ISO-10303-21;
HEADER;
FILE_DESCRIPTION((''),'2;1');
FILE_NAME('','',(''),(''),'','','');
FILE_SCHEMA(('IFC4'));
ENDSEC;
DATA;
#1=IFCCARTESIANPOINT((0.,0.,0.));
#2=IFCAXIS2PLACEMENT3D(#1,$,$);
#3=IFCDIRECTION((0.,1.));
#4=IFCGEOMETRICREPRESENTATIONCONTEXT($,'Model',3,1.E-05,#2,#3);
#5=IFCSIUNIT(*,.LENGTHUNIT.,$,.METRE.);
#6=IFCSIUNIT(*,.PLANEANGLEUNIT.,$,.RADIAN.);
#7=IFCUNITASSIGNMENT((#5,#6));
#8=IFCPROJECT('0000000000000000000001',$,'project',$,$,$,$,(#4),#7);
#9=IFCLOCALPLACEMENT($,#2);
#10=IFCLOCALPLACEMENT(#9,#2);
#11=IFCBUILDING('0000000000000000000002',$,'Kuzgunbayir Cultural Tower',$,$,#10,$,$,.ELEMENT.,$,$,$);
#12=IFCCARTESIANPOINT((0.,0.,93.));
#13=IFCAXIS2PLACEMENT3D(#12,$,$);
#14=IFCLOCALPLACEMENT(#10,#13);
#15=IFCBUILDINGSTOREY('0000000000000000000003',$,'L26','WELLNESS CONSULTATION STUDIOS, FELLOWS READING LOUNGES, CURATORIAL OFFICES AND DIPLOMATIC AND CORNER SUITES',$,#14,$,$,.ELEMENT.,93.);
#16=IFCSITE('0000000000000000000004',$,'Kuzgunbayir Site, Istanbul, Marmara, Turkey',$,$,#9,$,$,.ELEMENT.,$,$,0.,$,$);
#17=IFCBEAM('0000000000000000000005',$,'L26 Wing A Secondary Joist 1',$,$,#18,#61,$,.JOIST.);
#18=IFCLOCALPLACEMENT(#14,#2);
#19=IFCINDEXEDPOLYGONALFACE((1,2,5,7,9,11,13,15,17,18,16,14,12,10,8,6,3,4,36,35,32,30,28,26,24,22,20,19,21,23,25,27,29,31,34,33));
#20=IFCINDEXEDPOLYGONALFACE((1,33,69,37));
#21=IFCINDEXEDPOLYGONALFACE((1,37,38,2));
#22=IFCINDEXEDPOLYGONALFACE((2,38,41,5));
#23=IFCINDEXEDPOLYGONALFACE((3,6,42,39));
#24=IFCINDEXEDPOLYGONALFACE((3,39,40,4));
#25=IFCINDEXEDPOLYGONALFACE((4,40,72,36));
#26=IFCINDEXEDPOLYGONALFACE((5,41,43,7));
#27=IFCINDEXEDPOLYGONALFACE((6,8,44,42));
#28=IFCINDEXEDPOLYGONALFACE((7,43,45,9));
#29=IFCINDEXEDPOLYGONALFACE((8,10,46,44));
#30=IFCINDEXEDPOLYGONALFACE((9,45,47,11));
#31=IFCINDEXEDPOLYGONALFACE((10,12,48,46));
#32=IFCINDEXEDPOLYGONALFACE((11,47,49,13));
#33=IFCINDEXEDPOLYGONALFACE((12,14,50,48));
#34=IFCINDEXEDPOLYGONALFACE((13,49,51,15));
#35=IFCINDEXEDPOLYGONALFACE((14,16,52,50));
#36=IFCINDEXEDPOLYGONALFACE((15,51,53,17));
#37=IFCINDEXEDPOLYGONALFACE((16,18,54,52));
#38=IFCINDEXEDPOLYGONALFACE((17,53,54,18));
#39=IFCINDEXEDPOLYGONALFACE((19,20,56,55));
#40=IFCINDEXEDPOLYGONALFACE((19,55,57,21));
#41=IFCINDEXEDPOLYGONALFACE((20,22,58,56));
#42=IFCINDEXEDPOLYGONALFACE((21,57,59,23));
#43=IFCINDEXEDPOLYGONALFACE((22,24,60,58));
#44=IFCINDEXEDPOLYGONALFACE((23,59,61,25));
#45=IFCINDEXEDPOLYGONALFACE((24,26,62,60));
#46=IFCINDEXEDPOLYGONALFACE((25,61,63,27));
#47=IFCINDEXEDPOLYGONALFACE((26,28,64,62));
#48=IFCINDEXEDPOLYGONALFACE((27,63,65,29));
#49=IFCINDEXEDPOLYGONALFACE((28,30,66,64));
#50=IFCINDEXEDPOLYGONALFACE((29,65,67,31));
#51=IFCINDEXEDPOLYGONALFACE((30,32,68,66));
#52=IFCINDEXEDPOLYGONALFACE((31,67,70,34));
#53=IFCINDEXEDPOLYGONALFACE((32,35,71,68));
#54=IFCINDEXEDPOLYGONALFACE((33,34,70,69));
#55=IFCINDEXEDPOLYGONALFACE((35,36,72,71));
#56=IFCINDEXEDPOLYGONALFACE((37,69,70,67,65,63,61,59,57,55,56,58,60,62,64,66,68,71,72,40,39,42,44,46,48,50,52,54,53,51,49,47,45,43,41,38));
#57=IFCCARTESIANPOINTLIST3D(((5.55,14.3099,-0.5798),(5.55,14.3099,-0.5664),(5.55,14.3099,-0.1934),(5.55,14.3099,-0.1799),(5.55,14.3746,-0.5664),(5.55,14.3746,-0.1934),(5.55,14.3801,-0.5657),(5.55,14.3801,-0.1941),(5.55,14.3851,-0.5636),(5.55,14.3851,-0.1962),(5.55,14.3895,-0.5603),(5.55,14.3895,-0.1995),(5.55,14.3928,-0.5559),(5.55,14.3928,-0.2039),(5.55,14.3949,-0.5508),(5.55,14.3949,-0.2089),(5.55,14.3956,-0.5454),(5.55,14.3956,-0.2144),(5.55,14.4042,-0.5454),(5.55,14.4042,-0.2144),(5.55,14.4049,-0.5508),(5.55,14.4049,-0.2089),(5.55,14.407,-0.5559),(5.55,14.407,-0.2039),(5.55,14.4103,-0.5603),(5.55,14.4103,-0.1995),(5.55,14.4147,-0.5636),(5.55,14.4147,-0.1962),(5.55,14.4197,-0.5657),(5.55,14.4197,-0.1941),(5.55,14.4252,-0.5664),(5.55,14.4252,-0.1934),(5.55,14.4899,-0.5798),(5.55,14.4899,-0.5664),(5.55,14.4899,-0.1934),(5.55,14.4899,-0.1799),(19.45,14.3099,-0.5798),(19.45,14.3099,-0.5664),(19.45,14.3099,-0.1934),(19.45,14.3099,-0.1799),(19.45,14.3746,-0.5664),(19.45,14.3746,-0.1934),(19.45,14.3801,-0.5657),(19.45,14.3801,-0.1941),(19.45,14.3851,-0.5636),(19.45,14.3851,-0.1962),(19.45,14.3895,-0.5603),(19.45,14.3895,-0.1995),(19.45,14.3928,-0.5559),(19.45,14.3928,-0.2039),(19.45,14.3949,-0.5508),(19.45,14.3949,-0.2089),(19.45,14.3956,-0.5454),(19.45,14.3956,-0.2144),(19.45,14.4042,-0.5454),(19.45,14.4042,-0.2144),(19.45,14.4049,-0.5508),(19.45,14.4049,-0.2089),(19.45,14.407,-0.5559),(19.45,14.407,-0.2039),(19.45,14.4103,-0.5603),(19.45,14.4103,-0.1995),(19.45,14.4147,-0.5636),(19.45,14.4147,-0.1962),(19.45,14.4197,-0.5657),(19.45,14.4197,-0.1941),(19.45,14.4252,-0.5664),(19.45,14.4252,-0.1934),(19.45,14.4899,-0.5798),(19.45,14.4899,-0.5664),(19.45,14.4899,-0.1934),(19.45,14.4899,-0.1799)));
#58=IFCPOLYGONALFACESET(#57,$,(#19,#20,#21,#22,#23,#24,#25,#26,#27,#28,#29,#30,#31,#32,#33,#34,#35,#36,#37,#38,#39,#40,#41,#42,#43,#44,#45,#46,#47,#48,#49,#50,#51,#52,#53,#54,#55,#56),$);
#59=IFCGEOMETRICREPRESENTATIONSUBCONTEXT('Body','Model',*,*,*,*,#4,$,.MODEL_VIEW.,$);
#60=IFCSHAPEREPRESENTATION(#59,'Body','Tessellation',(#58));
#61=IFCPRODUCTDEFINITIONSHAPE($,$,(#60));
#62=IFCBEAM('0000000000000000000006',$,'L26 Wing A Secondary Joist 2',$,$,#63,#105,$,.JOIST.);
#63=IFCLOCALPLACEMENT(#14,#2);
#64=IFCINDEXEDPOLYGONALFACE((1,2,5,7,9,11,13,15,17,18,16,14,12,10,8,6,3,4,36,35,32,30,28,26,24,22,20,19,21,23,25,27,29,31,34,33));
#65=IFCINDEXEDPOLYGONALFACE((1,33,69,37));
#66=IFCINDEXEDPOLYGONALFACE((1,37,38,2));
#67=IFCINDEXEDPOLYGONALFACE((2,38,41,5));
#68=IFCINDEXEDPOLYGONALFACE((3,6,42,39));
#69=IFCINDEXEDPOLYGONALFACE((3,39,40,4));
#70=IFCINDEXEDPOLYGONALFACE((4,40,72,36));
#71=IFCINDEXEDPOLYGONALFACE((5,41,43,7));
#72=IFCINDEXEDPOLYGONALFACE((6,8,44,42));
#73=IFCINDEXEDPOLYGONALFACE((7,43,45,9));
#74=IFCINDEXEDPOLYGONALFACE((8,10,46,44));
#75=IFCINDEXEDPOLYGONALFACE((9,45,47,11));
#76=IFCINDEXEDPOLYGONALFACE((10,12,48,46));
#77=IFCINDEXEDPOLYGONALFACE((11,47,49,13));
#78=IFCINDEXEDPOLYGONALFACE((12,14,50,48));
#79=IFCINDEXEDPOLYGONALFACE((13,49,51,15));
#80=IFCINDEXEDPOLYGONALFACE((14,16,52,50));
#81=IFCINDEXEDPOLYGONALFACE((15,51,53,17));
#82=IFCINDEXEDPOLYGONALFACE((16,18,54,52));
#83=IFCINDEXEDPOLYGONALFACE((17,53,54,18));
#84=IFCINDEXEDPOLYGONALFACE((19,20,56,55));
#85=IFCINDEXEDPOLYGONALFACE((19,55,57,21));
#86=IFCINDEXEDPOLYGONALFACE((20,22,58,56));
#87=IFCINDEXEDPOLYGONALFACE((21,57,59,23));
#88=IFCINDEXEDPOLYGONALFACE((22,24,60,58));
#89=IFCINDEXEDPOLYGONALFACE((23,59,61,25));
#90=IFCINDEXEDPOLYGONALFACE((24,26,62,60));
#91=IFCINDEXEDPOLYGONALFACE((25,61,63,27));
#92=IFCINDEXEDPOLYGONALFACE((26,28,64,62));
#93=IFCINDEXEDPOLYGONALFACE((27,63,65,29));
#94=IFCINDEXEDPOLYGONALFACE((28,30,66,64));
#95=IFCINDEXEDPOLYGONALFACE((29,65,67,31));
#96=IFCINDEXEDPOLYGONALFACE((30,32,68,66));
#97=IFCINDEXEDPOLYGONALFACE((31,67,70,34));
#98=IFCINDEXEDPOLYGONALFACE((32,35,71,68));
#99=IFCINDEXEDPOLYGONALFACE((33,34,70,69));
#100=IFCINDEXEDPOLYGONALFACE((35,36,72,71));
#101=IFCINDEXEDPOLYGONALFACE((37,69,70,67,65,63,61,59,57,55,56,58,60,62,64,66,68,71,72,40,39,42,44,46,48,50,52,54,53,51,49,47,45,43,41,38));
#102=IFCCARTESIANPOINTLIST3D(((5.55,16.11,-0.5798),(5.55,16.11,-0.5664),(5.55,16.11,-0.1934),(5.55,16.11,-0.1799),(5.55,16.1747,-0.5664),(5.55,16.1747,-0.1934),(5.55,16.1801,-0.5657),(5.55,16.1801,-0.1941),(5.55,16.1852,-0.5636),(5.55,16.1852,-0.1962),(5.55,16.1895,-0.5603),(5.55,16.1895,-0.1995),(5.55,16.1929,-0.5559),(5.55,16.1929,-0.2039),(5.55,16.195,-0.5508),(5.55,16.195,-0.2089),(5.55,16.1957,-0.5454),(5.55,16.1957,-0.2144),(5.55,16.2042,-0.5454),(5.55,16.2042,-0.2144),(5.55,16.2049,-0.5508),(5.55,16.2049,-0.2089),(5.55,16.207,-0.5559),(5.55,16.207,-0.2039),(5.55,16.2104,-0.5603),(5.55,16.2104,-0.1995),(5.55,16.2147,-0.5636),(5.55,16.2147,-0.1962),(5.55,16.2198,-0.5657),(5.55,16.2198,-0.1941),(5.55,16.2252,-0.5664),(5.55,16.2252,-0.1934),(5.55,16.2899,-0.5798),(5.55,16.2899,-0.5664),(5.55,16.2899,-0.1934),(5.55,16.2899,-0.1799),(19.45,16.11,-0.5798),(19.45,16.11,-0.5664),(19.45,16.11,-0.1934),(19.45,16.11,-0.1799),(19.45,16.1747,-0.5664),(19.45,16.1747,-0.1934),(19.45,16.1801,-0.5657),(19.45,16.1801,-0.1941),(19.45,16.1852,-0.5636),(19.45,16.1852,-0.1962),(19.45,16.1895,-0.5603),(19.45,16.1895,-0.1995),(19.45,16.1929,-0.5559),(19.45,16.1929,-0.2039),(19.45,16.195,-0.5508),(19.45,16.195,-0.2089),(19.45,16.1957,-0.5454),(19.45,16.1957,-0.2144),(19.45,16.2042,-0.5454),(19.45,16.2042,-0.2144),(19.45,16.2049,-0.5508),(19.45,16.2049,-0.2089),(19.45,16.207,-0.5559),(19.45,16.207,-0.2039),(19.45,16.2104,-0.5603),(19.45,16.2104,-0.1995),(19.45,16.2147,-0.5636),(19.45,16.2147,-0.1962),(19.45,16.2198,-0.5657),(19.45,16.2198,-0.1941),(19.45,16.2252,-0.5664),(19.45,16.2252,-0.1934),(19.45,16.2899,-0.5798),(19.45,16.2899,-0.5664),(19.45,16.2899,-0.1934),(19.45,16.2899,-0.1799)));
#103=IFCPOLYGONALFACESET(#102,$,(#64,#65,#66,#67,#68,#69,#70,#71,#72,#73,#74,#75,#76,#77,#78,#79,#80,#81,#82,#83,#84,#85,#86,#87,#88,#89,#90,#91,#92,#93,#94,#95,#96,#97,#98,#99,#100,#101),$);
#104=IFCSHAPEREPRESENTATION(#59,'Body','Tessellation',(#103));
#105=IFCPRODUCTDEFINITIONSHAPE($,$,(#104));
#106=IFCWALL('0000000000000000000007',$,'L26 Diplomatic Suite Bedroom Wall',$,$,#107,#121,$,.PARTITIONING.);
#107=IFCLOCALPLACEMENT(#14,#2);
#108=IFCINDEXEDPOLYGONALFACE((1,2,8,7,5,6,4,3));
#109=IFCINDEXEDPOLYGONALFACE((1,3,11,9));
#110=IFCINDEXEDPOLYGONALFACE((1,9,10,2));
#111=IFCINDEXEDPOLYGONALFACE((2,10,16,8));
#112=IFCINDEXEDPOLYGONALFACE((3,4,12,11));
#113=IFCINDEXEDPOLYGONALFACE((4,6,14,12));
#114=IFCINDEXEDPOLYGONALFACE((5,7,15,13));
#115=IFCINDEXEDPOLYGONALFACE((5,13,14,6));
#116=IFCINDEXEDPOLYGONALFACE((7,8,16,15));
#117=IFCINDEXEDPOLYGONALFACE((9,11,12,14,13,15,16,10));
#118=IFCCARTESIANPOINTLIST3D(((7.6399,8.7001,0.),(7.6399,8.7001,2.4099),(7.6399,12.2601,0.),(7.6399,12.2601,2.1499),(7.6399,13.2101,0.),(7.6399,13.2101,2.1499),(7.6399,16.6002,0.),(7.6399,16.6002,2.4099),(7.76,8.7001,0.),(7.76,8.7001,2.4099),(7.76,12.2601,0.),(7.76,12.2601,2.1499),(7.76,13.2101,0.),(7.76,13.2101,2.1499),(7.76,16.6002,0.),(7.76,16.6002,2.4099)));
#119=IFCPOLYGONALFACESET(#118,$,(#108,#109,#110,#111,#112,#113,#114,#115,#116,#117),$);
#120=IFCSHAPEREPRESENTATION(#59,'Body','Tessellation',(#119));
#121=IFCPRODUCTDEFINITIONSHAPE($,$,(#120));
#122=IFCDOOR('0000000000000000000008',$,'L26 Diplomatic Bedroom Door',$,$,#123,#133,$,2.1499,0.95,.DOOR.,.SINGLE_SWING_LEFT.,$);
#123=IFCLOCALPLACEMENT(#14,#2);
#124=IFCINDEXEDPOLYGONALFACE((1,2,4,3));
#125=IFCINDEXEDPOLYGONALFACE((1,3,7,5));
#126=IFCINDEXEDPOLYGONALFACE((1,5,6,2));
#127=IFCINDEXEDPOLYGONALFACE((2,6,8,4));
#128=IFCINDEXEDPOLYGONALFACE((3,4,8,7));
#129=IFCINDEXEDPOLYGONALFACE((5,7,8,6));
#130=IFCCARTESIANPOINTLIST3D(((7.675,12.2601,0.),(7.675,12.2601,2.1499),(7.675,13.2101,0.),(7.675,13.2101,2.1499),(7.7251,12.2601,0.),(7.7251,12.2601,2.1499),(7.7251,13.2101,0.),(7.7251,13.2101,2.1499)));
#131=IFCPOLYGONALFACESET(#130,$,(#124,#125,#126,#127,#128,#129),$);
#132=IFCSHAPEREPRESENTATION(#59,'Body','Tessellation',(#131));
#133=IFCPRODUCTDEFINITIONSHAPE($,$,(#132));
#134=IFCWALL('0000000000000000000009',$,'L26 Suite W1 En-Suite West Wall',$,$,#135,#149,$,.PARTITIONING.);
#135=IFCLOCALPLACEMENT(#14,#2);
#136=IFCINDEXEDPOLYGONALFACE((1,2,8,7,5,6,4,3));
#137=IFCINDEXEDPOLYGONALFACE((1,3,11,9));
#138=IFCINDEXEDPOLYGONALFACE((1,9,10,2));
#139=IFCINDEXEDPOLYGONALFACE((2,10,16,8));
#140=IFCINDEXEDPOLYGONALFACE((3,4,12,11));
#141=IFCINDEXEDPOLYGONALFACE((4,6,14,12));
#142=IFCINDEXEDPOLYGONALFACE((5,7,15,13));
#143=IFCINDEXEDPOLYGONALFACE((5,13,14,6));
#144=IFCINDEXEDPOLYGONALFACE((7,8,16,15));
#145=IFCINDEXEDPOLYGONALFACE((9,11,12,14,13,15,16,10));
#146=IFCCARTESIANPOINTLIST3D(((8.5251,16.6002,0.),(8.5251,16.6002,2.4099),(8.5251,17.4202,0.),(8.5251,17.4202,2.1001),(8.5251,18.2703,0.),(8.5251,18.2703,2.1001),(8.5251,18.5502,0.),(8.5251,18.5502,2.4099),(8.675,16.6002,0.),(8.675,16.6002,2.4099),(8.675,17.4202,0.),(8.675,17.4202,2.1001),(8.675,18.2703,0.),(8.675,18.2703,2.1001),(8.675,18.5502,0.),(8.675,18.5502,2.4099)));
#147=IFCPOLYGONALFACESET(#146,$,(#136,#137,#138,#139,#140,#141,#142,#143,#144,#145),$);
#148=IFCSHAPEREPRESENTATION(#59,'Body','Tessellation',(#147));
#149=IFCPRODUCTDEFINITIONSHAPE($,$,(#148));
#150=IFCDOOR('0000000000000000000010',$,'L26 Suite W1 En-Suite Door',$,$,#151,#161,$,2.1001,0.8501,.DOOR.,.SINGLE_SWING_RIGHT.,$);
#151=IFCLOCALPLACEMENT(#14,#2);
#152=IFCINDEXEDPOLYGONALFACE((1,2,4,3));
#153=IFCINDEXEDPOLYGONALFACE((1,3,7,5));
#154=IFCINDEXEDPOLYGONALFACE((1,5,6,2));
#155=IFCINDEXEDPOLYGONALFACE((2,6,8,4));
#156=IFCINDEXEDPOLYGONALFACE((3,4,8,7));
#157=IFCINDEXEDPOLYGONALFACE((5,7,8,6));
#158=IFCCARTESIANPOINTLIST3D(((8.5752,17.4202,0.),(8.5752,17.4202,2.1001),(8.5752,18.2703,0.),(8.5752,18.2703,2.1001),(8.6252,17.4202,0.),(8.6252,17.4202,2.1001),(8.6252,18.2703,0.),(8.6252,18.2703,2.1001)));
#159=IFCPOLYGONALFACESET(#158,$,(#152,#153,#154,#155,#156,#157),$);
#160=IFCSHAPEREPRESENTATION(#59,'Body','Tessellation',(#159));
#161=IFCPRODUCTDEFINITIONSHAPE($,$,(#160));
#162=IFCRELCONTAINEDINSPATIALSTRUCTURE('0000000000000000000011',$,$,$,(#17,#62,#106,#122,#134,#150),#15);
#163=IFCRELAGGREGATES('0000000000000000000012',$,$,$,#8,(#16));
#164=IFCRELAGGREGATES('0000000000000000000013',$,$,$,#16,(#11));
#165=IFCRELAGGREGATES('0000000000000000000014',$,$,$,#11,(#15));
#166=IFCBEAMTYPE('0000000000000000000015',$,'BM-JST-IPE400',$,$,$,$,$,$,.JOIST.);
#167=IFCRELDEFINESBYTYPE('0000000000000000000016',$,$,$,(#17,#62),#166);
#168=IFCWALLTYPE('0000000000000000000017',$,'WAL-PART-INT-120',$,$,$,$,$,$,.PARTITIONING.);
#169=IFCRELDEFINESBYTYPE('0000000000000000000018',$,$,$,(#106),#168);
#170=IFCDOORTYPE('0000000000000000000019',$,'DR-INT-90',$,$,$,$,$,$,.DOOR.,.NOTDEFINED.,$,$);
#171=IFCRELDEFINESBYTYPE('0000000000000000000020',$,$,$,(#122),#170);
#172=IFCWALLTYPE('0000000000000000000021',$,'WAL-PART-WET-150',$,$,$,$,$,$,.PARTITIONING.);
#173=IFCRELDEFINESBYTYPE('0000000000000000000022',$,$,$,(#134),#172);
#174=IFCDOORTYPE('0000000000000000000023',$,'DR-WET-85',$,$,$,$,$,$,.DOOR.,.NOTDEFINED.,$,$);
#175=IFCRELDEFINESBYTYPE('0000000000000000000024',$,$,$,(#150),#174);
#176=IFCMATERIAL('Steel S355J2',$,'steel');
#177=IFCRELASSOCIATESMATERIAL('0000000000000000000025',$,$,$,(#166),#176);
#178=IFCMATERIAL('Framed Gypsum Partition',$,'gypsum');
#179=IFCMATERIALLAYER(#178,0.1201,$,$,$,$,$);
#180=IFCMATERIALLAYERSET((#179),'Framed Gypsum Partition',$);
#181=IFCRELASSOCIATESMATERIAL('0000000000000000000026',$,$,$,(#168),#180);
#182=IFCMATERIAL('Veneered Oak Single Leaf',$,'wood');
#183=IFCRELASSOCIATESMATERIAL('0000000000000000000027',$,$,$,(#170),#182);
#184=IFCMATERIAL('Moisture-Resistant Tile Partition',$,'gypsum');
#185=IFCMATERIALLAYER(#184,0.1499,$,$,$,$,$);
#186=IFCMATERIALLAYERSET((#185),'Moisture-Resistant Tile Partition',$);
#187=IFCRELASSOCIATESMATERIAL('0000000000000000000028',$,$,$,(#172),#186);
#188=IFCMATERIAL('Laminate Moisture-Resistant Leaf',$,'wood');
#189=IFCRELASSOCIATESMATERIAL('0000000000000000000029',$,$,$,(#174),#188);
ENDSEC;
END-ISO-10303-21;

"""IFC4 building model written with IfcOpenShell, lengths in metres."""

from ifc_helpers import new_model, si_unit, direction, frame, frame_2d, origin, origin_2d, place, context, subcontext, project, spatial, rectangle, i_section, extrude, material, layer, layer_set, material_profile, profile_set, type_object, element, fill, save


model = new_model("IFC4")

# Units and contexts
model_context = context("Model", 3, precision=1e-05, world=origin(), true_north=direction((0.0, 1.0)))
body_context = subcontext(model_context, "Body", "Model", "MODEL_VIEW")
ifc_project = project(units=[si_unit("LENGTHUNIT", "METRE"), si_unit("PLANEANGLEUNIT", "RADIAN")], contexts=[model_context])

# Site, building, storey
site_placement = place(None, origin())
site = spatial("IfcSite", under=ifc_project, at=site_placement, Name="Kuzgunbayir Site, Istanbul, Marmara, Turkey", CompositionType="ELEMENT", RefElevation=0.0)
building_placement = place(site_placement, origin())
building = spatial("IfcBuilding", under=site, at=building_placement, Name="Kuzgunbayir Cultural Tower", CompositionType="ELEMENT")
storey_placement = place(building_placement, frame((0.0, 0.0, 93.0)))
storey = spatial("IfcBuildingStorey", under=building, at=storey_placement, Name="L26", Description="WELLNESS CONSULTATION STUDIOS, FELLOWS READING LOUNGES, CURATORIAL OFFICES AND DIPLOMATIC AND CORNER SUITES", CompositionType="ELEMENT", Elevation=93.0)

# Beams
ifc_material_1 = material(Name="Steel S355J2", Category="steel")
ifc_material_profile_1 = material_profile(ifc_material_1, i_section(OverallWidth=0.1799, OverallDepth=0.3999, WebThickness=0.0085, FlangeThickness=0.0134, FilletRadius=0.021, at=origin_2d()), Name="IPE 400")
ifc_profile_set_1 = profile_set([ifc_material_profile_1], Name="Steel S355J2")
beam_type_1 = type_object("IfcBeamType", Name="BM-JST-IPE400", PredefinedType="JOIST", material=ifc_profile_set_1)
for number, where, z_axis, x_axis, name in (
    (1, (5.55, 14.3999, -0.3799), (1.0, 0.0, 0.0), (0.0, 1.0, 0.0), "L26 Wing A Secondary Joist 1"),
    (2, (5.55, 16.2, -0.3799), (1.0, 0.0, 0.0), (0.0, 1.0, 0.0), "L26 Wing A Secondary Joist 2"),
):
    element("IfcBeam", number, at=place(storey_placement, frame(where, z_axis=z_axis, x_axis=x_axis)), inside=storey, type_object=beam_type_1, Name=name, PredefinedType="JOIST", context=body_context, shape_type="SweptSolid", body=[
        extrude(i_section(OverallWidth=0.1799, OverallDepth=0.3999, WebThickness=0.0085, FlangeThickness=0.0134, FilletRadius=0.021, at=origin_2d()), origin(), (0.0, 0.0, 1.0), 13.8999),
    ])

# Walls, openings, doors
ifc_material_2 = material(Name="Framed Gypsum Partition", Category="gypsum")
ifc_layer_1 = layer(ifc_material_2, 0.1201)
ifc_layer_set_1 = layer_set([ifc_layer_1], Name="Framed Gypsum Partition")
wall_type_1 = type_object("IfcWallType", Name="WAL-PART-INT-120", PredefinedType="PARTITIONING", material=ifc_layer_set_1)
wall_1_placement = place(storey_placement, frame((7.7, 8.7, 0.0), z_axis=(0.0, 0.0, 1.0), x_axis=(0.0, 1.0, 0.0)))
wall_1 = element("IfcWall", 3, at=wall_1_placement, inside=storey, type_object=wall_type_1, Name="L26 Diplomatic Suite Bedroom Wall", PredefinedType="PARTITIONING", context=body_context, shape_type="SweptSolid", body=[
    extrude(rectangle(XDim=7.9001, YDim=0.1201, at=frame_2d((3.9502, 0.0))), origin(), (0.0, 0.0, 1.0), 2.4099),
])
opening_1_placement = place(wall_1_placement, frame((3.5601, 0.0, 0.0)))
opening_1 = element("IfcOpeningElement", 4, at=opening_1_placement, cuts=wall_1, PredefinedType="OPENING", context=body_context, shape_type="SweptSolid", body=[
    extrude(rectangle(XDim=0.95, YDim=2.1499, at=frame_2d((0.4751, 1.075))), frame((0.0, 0.0701, 0.0), z_axis=(0.0, -1.0, 0.0), x_axis=(1.0, 0.0, 0.0)), (0.0, 0.0, 1.0), 0.1401),
])
ifc_material_3 = material(Name="Veneered Oak Single Leaf", Category="wood")
door_type_1 = type_object("IfcDoorType", Name="DR-INT-90", OperationType="NOTDEFINED", PredefinedType="DOOR", material=ifc_material_3)
door_1_placement = place(opening_1_placement, origin())
door_1 = element("IfcDoor", 5, at=door_1_placement, inside=storey, type_object=door_type_1, Name="L26 Diplomatic Bedroom Door", OperationType="SINGLE_SWING_LEFT", OverallHeight=2.1499, OverallWidth=0.95, PredefinedType="DOOR", context=body_context, shape_type="SweptSolid", body=[
    extrude(rectangle(XDim=0.95, YDim=2.1499, at=frame_2d((0.4751, 1.075))), frame((0.0, 0.0249, 0.0), z_axis=(0.0, -1.0, 0.0), x_axis=(1.0, 0.0, 0.0)), (0.0, 0.0, 1.0), 0.05),
])
fill(opening_1, door_1)
ifc_material_4 = material(Name="Moisture-Resistant Tile Partition", Category="gypsum")
ifc_layer_2 = layer(ifc_material_4, 0.1499)
ifc_layer_set_2 = layer_set([ifc_layer_2], Name="Moisture-Resistant Tile Partition")
wall_type_2 = type_object("IfcWallType", Name="WAL-PART-WET-150", PredefinedType="PARTITIONING", material=ifc_layer_set_2)
wall_2_placement = place(storey_placement, frame((8.6001, 16.6001, 0.0), z_axis=(0.0, 0.0, 1.0), x_axis=(0.0, 1.0, 0.0)))
wall_2 = element("IfcWall", 6, at=wall_2_placement, inside=storey, type_object=wall_type_2, Name="L26 Suite W1 En-Suite West Wall", PredefinedType="PARTITIONING", context=body_context, shape_type="SweptSolid", body=[
    extrude(rectangle(XDim=1.95, YDim=0.1499, at=frame_2d((0.9751, 0.0))), origin(), (0.0, 0.0, 1.0), 2.4099),
])
opening_2_placement = place(wall_2_placement, frame((0.8201, 0.0, 0.0)))
opening_2 = element("IfcOpeningElement", 7, at=opening_2_placement, cuts=wall_2, PredefinedType="OPENING", context=body_context, shape_type="SweptSolid", body=[
    extrude(rectangle(XDim=0.8501, YDim=2.1001, at=frame_2d((0.425, 1.05))), frame((0.0, 0.085, 0.0), z_axis=(0.0, -1.0, 0.0), x_axis=(1.0, 0.0, 0.0)), (0.0, 0.0, 1.0), 0.1699),
])
ifc_material_5 = material(Name="Laminate Moisture-Resistant Leaf", Category="wood")
door_type_2 = type_object("IfcDoorType", Name="DR-WET-85", OperationType="NOTDEFINED", PredefinedType="DOOR", material=ifc_material_5)
door_2_placement = place(opening_2_placement, origin())
door_2 = element("IfcDoor", 8, at=door_2_placement, inside=storey, type_object=door_type_2, Name="L26 Suite W1 En-Suite Door", OperationType="SINGLE_SWING_RIGHT", OverallHeight=2.1001, OverallWidth=0.8501, PredefinedType="DOOR", context=body_context, shape_type="SweptSolid", body=[
    extrude(rectangle(XDim=0.8501, YDim=2.1001, at=frame_2d((0.425, 1.05))), frame((0.0, 0.0249, 0.0), z_axis=(0.0, -1.0, 0.0), x_axis=(1.0, 0.0, 0.0)), (0.0, 0.0, 1.0), 0.05),
])
fill(opening_2, door_2)

save(model, "model.ifc")
